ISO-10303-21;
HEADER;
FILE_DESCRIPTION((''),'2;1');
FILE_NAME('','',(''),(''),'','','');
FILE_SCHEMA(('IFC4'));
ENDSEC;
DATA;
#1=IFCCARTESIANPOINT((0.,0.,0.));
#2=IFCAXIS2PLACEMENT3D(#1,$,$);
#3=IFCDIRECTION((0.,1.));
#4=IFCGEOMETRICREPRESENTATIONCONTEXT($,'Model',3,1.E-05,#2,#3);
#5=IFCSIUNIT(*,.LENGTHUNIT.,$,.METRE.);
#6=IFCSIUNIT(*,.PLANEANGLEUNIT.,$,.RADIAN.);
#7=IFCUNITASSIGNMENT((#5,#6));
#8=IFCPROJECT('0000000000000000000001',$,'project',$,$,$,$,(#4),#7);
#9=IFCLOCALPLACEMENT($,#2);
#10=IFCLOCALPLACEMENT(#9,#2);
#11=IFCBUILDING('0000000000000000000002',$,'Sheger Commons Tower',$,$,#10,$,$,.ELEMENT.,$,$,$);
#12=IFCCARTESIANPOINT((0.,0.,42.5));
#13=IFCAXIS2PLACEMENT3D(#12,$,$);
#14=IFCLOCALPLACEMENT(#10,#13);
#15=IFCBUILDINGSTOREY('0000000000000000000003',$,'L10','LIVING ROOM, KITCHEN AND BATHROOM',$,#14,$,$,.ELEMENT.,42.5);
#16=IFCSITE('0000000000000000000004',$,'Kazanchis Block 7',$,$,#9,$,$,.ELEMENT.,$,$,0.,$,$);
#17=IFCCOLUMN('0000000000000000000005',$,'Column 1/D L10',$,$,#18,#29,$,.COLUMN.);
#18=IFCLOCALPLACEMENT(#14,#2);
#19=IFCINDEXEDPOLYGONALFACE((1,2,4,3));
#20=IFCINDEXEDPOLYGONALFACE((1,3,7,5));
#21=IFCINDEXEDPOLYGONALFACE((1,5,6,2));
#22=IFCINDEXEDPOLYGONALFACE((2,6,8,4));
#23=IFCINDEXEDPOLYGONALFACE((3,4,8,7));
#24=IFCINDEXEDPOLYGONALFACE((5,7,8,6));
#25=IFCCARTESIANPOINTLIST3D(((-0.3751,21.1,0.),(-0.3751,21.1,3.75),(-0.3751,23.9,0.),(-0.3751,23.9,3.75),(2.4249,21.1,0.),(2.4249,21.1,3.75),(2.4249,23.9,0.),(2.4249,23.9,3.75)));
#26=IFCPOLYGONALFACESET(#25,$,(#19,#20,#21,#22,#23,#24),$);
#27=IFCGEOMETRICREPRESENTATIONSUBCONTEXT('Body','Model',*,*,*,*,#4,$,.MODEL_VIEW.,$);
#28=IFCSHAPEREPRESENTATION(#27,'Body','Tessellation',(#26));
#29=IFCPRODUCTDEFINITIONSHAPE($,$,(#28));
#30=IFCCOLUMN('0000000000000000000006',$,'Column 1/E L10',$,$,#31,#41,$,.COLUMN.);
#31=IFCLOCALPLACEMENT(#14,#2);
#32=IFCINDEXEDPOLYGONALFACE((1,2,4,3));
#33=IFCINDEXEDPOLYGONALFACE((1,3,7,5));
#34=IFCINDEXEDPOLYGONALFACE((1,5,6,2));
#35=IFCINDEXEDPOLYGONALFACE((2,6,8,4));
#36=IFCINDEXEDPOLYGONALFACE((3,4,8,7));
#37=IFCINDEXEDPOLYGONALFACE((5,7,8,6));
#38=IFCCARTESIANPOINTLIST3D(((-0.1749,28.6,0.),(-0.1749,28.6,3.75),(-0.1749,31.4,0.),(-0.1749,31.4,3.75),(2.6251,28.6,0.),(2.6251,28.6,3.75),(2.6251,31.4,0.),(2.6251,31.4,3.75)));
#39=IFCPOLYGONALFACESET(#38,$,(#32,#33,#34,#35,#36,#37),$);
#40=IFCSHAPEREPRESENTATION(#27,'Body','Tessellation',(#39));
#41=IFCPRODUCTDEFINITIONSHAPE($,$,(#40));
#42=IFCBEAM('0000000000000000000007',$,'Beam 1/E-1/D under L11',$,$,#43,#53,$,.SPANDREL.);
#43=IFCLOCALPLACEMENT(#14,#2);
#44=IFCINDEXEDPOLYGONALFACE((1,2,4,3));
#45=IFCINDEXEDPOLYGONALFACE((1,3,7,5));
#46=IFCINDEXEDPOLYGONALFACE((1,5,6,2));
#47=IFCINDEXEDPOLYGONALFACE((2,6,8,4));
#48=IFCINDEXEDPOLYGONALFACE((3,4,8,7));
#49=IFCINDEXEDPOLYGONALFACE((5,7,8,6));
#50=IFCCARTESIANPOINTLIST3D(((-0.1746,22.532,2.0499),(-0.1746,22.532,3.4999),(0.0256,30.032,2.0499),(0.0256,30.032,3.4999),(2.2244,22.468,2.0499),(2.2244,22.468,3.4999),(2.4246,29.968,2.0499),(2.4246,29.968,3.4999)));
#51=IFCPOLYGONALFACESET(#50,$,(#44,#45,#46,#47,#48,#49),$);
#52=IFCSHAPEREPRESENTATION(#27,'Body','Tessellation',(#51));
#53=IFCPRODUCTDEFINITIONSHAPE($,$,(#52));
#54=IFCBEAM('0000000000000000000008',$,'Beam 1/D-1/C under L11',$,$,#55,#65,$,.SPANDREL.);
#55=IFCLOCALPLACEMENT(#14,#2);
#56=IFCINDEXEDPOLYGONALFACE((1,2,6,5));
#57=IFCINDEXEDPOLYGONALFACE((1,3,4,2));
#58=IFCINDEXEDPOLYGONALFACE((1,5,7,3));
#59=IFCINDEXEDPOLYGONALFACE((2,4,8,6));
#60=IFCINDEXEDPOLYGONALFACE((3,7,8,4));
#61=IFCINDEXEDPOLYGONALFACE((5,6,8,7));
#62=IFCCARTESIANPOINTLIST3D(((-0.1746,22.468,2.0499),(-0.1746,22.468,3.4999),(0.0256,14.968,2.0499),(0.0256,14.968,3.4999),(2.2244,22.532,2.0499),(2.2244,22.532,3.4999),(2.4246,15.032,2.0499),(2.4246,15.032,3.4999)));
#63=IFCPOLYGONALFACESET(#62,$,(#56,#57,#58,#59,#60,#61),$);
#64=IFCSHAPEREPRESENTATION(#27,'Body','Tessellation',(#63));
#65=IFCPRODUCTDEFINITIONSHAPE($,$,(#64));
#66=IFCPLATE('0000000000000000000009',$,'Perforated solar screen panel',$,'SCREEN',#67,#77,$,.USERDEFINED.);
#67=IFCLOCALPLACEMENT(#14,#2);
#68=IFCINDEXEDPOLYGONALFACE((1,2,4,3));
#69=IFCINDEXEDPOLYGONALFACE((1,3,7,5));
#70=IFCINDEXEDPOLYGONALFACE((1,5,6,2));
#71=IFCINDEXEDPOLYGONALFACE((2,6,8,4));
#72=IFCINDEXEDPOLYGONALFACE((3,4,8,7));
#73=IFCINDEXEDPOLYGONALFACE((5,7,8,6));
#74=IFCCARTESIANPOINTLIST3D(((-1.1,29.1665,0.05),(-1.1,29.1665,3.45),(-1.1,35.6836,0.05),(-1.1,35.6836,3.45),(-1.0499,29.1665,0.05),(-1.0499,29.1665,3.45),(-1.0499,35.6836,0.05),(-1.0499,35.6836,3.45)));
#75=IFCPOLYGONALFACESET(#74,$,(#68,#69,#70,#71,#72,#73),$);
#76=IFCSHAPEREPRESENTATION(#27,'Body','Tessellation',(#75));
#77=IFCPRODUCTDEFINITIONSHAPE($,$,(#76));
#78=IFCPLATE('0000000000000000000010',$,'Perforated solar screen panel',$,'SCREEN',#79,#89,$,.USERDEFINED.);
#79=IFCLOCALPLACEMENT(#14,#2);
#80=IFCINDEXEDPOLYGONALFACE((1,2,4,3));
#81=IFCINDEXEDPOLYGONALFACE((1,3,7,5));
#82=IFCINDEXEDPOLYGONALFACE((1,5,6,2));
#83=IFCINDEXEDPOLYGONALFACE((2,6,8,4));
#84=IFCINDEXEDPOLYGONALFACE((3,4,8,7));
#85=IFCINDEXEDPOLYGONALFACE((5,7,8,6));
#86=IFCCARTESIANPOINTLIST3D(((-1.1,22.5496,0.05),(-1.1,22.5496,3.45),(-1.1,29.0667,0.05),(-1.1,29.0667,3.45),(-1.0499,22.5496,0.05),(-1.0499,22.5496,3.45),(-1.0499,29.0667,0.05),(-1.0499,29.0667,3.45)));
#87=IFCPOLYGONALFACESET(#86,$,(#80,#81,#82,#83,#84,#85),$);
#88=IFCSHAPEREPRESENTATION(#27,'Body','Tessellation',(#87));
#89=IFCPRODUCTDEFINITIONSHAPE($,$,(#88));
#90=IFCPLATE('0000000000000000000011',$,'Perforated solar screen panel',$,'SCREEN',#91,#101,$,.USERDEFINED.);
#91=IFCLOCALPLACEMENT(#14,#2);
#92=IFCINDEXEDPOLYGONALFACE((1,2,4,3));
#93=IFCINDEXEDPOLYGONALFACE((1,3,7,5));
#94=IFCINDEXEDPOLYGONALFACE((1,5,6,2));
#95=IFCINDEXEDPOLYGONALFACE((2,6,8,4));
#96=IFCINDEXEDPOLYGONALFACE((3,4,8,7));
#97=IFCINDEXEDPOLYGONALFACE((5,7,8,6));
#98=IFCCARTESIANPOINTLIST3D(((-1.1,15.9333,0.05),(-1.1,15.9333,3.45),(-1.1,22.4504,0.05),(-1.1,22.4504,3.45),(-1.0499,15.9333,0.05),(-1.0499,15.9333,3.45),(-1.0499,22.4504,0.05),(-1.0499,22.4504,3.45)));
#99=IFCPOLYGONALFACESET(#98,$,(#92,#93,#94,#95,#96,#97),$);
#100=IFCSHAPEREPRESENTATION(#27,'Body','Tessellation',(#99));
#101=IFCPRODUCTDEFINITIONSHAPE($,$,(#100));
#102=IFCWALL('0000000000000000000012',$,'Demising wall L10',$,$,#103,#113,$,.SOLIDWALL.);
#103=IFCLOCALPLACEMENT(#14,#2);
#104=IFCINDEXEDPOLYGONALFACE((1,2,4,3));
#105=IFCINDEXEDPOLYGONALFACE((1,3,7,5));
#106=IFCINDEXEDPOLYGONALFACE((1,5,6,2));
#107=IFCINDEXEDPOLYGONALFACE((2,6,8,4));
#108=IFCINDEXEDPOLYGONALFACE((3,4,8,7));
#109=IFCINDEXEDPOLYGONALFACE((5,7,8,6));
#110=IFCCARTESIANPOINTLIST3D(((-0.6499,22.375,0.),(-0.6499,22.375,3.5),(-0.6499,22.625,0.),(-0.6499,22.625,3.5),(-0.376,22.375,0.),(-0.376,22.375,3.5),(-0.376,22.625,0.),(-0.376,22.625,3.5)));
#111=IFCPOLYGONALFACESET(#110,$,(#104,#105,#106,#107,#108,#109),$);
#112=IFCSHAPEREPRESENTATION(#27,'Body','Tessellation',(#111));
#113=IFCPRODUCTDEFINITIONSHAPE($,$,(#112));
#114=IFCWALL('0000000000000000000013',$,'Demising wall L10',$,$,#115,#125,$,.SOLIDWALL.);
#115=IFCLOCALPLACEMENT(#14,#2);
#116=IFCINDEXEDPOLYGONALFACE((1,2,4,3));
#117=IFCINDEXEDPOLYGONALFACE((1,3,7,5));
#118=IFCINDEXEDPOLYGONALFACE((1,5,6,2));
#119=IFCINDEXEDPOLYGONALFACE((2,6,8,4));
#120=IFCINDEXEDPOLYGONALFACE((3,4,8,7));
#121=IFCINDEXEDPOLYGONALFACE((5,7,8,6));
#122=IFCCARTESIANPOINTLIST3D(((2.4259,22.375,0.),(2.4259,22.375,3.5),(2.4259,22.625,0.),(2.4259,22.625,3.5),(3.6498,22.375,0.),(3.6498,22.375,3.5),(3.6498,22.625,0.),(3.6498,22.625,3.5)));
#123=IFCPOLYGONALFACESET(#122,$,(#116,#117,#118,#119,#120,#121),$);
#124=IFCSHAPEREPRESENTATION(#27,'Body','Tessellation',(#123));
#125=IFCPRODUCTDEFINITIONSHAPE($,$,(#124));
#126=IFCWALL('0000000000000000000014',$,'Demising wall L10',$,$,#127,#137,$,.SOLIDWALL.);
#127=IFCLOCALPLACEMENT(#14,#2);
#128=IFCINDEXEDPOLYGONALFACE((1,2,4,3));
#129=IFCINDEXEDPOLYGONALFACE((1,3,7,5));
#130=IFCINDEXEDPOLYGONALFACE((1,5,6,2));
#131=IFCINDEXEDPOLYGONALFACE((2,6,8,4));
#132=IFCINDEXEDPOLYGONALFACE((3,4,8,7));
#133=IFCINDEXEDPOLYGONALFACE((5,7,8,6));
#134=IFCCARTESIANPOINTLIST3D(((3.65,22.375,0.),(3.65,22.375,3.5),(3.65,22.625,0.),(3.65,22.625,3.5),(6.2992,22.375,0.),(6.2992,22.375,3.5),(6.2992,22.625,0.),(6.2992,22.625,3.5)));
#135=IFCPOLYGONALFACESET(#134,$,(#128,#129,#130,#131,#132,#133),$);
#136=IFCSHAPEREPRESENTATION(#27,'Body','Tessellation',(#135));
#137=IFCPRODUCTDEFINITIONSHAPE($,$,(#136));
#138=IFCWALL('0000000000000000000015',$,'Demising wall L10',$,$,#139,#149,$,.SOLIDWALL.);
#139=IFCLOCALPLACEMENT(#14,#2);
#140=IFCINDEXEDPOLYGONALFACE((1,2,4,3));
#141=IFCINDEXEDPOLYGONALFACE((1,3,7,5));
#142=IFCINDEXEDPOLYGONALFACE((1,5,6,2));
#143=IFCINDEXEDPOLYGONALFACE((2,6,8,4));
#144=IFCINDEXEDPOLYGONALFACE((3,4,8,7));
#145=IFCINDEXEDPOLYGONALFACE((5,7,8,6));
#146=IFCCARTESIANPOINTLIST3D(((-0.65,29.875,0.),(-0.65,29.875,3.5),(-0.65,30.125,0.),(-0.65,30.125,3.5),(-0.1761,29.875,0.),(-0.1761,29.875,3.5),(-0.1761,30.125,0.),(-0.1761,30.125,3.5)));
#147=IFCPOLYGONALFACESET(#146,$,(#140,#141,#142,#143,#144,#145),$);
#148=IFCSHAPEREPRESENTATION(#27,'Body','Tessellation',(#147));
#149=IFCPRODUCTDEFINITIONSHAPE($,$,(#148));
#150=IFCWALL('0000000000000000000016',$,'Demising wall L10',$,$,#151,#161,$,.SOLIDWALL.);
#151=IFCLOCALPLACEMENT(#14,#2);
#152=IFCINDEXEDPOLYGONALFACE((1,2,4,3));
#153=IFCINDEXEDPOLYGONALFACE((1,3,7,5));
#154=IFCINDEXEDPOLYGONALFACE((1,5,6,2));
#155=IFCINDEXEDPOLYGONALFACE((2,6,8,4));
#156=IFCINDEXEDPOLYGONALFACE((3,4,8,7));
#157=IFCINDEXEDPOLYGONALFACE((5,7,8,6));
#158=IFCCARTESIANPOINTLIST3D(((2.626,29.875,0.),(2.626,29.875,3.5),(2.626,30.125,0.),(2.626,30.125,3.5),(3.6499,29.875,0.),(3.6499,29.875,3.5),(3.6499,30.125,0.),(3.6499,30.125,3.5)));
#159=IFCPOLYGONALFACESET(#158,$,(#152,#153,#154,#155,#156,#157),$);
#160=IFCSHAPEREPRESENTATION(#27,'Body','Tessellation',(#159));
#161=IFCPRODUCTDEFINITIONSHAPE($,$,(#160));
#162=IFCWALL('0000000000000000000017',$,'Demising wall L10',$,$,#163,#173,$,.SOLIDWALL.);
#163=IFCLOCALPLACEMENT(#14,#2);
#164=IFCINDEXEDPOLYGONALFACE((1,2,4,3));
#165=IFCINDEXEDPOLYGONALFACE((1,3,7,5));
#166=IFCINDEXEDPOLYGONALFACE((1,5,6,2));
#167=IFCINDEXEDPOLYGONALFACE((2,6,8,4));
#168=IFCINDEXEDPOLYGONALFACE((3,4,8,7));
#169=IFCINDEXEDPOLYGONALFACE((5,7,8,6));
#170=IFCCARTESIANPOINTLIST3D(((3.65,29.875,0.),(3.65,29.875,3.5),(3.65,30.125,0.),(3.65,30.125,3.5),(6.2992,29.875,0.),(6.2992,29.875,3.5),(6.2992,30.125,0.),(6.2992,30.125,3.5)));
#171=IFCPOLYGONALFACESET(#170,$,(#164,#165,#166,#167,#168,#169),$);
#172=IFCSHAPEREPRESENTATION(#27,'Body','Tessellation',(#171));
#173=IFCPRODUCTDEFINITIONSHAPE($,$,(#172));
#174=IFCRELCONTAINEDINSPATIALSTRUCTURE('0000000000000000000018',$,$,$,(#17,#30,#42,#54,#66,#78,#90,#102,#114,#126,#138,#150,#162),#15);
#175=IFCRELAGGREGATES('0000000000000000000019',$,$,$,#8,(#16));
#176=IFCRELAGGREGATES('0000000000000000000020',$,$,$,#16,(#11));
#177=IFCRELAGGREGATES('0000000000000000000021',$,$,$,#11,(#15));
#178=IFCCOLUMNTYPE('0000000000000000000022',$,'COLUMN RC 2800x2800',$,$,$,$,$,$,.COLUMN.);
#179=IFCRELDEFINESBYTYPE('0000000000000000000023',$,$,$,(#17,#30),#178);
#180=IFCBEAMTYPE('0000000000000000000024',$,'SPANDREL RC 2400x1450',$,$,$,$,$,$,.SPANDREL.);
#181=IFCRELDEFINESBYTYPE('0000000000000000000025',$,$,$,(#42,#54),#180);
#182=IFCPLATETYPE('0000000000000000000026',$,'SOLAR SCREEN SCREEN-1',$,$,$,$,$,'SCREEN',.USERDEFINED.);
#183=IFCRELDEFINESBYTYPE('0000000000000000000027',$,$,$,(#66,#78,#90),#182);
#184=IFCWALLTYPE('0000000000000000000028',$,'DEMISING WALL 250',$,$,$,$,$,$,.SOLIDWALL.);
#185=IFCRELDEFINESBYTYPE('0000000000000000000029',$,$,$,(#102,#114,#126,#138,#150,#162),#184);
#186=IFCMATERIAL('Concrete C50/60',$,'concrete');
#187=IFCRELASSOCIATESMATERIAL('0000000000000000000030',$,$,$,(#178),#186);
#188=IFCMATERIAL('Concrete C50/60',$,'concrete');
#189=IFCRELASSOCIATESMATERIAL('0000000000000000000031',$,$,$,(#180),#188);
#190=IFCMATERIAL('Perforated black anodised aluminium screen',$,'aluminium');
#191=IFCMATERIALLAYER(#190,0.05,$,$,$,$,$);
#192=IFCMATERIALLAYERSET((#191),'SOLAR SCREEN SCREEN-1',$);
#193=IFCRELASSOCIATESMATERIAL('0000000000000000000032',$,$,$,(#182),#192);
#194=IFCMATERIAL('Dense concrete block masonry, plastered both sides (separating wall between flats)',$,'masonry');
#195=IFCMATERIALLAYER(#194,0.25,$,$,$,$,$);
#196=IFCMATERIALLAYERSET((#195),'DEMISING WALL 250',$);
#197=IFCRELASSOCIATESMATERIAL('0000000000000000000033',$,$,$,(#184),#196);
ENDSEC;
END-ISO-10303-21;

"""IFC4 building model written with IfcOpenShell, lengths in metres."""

from ifc_helpers import new_model, si_unit, direction, frame, frame_2d, origin, origin_2d, place, context, subcontext, project, spatial, rectangle, extrude, material, layer, layer_set, material_profile, profile_set, type_object, element, save


model = new_model("IFC4")

# Units and contexts
model_context = context("Model", 3, precision=1e-05, world=origin(), true_north=direction((0.0, 1.0)))
body_context = subcontext(model_context, "Body", "Model", "MODEL_VIEW")
ifc_project = project(units=[si_unit("LENGTHUNIT", "METRE"), si_unit("PLANEANGLEUNIT", "RADIAN")], contexts=[model_context])

# Site, building, storey
site_placement = place(None, origin())
site = spatial("IfcSite", under=ifc_project, at=site_placement, Name="Kazanchis Block 7", CompositionType="ELEMENT", RefElevation=0.0)
building_placement = place(site_placement, origin())
building = spatial("IfcBuilding", under=site, at=building_placement, Name="Sheger Commons Tower", CompositionType="ELEMENT")
storey_placement = place(building_placement, frame((0.0, 0.0, 42.5)))
storey = spatial("IfcBuildingStorey", under=building, at=storey_placement, Name="L10", Description="LIVING ROOM, KITCHEN AND BATHROOM", CompositionType="ELEMENT", Elevation=42.5)

# Columns
ifc_material_1 = material(Name="Concrete C50/60", Category="concrete")
ifc_material_profile_1 = material_profile(ifc_material_1, rectangle(XDim=2.8, YDim=2.8, at=origin_2d()), Name="RC 2800x2800")
ifc_profile_set_1 = profile_set([ifc_material_profile_1], Name="Concrete C50/60")
column_type = type_object("IfcColumnType", Name="COLUMN RC 2800x2800", PredefinedType="COLUMN", material=ifc_profile_set_1)
for number, where, z_axis, x_axis, name in (
    (1, (1.0249, 22.5, 0.0), (0.0, 0.0, 1.0), (1.0, 0.0, 0.0), "Column 1/D L10"),
    (2, (1.2251, 30.0, 0.0), (0.0, 0.0, 1.0), (1.0, 0.0, 0.0), "Column 1/E L10"),
):
    element("IfcColumn", number, at=place(storey_placement, frame(where, z_axis=z_axis, x_axis=x_axis)), inside=storey, type_object=column_type, Name=name, PredefinedType="COLUMN", context=body_context, shape_type="SweptSolid", body=[
        extrude(rectangle(XDim=2.8, YDim=2.8, at=origin_2d()), origin(), (0.0, 0.0, 1.0), 3.75),
    ])

# Beams
ifc_material_2 = material(Name="Concrete C50/60", Category="concrete")
ifc_material_profile_2 = material_profile(ifc_material_2, rectangle(XDim=2.3999, YDim=1.45, at=origin_2d()), Name="RC 2400x1450")
ifc_profile_set_2 = profile_set([ifc_material_profile_2], Name="Concrete C50/60")
beam_type = type_object("IfcBeamType", Name="SPANDREL RC 2400x1450", PredefinedType="SPANDREL", material=ifc_profile_set_2)
for number, where, z_axis, x_axis, name in (
    (3, (1.2251, 30.0, 2.7749), (-0.026683, -0.999644, 0.0), (0.999644, -0.026683, 0.0), "Beam 1/E-1/D under L11"),
    (4, (1.0249, 22.5, 2.7749), (0.026683, -0.999644, 0.0), (0.999644, 0.026683, 0.0), "Beam 1/D-1/C under L11"),
):
    element("IfcBeam", number, at=place(storey_placement, frame(where, z_axis=z_axis, x_axis=x_axis)), inside=storey, type_object=beam_type, Name=name, PredefinedType="SPANDREL", context=body_context, shape_type="SweptSolid", body=[
        extrude(rectangle(XDim=2.3999, YDim=1.45, at=origin_2d()), origin(), (0.0, 0.0, 1.0), 7.5027),
    ])

# Plates
ifc_material_3 = material(Name="Perforated black anodised aluminium screen", Category="aluminium")
ifc_layer_1 = layer(ifc_material_3, 0.05)
ifc_layer_set_1 = layer_set([ifc_layer_1], Name="SOLAR SCREEN SCREEN-1")
plate_type = type_object("IfcPlateType", Name="SOLAR SCREEN SCREEN-1", ElementType="SCREEN", PredefinedType="USERDEFINED", material=ifc_layer_set_1)
for number, where, z_axis, x_axis, name in (
    (5, (-1.075, 32.425, 0.05), (0.0, 0.0, 1.0), (0.0, -1.0, 0.0), "Perforated solar screen panel"),
    (6, (-1.075, 25.8081, 0.05), (0.0, 0.0, 1.0), (0.0, -1.0, 0.0), "Perforated solar screen panel"),
    (7, (-1.075, 19.1919, 0.05), (0.0, 0.0, 1.0), (0.0, -1.0, 0.0), "Perforated solar screen panel"),
):
    element("IfcPlate", number, at=place(storey_placement, frame(where, z_axis=z_axis, x_axis=x_axis)), inside=storey, type_object=plate_type, Name=name, ObjectType="SCREEN", PredefinedType="USERDEFINED", context=body_context, shape_type="SweptSolid", body=[
        extrude(rectangle(XDim=6.5171, YDim=0.05, at=origin_2d()), origin(), (0.0, 0.0, 1.0), 3.3999),
    ])

# Walls
ifc_material_4 = material(Name="Dense concrete block masonry, plastered both sides (separating wall between flats)", Category="masonry")
ifc_layer_2 = layer(ifc_material_4, 0.25)
ifc_layer_set_2 = layer_set([ifc_layer_2], Name="DEMISING WALL 250")
wall_type_1 = type_object("IfcWallType", Name="DEMISING WALL 250", PredefinedType="SOLIDWALL", material=ifc_layer_set_2)
wall_1_placement = place(storey_placement, frame((-0.6499, 22.5, 0.0), z_axis=(0.0, 0.0, 1.0), x_axis=(1.0, 0.0, 0.0)))
element("IfcWall", 8, at=wall_1_placement, inside=storey, type_object=wall_type_1, Name="Demising wall L10", PredefinedType="SOLIDWALL", context=body_context, shape_type="SweptSolid", body=[
    extrude(rectangle(XDim=0.2739, YDim=0.25, at=frame_2d((0.137, 0.0))), origin(), (0.0, 0.0, 1.0), 3.5),
])
wall_2_placement = place(storey_placement, frame((2.426, 22.5, 0.0), z_axis=(0.0, 0.0, 1.0), x_axis=(1.0, 0.0, 0.0)))
element("IfcWall", 9, at=wall_2_placement, inside=storey, type_object=wall_type_1, Name="Demising wall L10", PredefinedType="SOLIDWALL", context=body_context, shape_type="SweptSolid", body=[
    extrude(rectangle(XDim=1.2239, YDim=0.25, at=frame_2d((0.6118, 0.0))), origin(), (0.0, 0.0, 1.0), 3.5),
])
wall_3_placement = place(storey_placement, frame((3.6499, 22.5, 0.0), z_axis=(0.0, 0.0, 1.0), x_axis=(1.0, 0.0, 0.0)))
element("IfcWall", 10, at=wall_3_placement, inside=storey, type_object=wall_type_1, Name="Demising wall L10", PredefinedType="SOLIDWALL", context=body_context, shape_type="SweptSolid", body=[
    extrude(rectangle(XDim=2.6492, YDim=0.25, at=frame_2d((1.3247, 0.0))), origin(), (0.0, 0.0, 1.0), 3.5),
])
wall_4_placement = place(storey_placement, frame((-0.6499, 30.0, 0.0), z_axis=(0.0, 0.0, 1.0), x_axis=(1.0, 0.0, 0.0)))
element("IfcWall", 11, at=wall_4_placement, inside=storey, type_object=wall_type_1, Name="Demising wall L10", PredefinedType="SOLIDWALL", context=body_context, shape_type="SweptSolid", body=[
    extrude(rectangle(XDim=0.4739, YDim=0.25, at=frame_2d((0.2368, 0.0))), origin(), (0.0, 0.0, 1.0), 3.5),
])
wall_5_placement = place(storey_placement, frame((2.626, 30.0, 0.0), z_axis=(0.0, 0.0, 1.0), x_axis=(1.0, 0.0, 0.0)))
element("IfcWall", 12, at=wall_5_placement, inside=storey, type_object=wall_type_1, Name="Demising wall L10", PredefinedType="SOLIDWALL", context=body_context, shape_type="SweptSolid", body=[
    extrude(rectangle(XDim=1.0239, YDim=0.25, at=frame_2d((0.512, 0.0))), origin(), (0.0, 0.0, 1.0), 3.5),
])
wall_6_placement = place(storey_placement, frame((3.6499, 30.0, 0.0), z_axis=(0.0, 0.0, 1.0), x_axis=(1.0, 0.0, 0.0)))
element("IfcWall", 13, at=wall_6_placement, inside=storey, type_object=wall_type_1, Name="Demising wall L10", PredefinedType="SOLIDWALL", context=body_context, shape_type="SweptSolid", body=[
    extrude(rectangle(XDim=2.6492, YDim=0.25, at=frame_2d((1.3247, 0.0))), origin(), (0.0, 0.0, 1.0), 3.5),
])

save(model, "model.ifc")
